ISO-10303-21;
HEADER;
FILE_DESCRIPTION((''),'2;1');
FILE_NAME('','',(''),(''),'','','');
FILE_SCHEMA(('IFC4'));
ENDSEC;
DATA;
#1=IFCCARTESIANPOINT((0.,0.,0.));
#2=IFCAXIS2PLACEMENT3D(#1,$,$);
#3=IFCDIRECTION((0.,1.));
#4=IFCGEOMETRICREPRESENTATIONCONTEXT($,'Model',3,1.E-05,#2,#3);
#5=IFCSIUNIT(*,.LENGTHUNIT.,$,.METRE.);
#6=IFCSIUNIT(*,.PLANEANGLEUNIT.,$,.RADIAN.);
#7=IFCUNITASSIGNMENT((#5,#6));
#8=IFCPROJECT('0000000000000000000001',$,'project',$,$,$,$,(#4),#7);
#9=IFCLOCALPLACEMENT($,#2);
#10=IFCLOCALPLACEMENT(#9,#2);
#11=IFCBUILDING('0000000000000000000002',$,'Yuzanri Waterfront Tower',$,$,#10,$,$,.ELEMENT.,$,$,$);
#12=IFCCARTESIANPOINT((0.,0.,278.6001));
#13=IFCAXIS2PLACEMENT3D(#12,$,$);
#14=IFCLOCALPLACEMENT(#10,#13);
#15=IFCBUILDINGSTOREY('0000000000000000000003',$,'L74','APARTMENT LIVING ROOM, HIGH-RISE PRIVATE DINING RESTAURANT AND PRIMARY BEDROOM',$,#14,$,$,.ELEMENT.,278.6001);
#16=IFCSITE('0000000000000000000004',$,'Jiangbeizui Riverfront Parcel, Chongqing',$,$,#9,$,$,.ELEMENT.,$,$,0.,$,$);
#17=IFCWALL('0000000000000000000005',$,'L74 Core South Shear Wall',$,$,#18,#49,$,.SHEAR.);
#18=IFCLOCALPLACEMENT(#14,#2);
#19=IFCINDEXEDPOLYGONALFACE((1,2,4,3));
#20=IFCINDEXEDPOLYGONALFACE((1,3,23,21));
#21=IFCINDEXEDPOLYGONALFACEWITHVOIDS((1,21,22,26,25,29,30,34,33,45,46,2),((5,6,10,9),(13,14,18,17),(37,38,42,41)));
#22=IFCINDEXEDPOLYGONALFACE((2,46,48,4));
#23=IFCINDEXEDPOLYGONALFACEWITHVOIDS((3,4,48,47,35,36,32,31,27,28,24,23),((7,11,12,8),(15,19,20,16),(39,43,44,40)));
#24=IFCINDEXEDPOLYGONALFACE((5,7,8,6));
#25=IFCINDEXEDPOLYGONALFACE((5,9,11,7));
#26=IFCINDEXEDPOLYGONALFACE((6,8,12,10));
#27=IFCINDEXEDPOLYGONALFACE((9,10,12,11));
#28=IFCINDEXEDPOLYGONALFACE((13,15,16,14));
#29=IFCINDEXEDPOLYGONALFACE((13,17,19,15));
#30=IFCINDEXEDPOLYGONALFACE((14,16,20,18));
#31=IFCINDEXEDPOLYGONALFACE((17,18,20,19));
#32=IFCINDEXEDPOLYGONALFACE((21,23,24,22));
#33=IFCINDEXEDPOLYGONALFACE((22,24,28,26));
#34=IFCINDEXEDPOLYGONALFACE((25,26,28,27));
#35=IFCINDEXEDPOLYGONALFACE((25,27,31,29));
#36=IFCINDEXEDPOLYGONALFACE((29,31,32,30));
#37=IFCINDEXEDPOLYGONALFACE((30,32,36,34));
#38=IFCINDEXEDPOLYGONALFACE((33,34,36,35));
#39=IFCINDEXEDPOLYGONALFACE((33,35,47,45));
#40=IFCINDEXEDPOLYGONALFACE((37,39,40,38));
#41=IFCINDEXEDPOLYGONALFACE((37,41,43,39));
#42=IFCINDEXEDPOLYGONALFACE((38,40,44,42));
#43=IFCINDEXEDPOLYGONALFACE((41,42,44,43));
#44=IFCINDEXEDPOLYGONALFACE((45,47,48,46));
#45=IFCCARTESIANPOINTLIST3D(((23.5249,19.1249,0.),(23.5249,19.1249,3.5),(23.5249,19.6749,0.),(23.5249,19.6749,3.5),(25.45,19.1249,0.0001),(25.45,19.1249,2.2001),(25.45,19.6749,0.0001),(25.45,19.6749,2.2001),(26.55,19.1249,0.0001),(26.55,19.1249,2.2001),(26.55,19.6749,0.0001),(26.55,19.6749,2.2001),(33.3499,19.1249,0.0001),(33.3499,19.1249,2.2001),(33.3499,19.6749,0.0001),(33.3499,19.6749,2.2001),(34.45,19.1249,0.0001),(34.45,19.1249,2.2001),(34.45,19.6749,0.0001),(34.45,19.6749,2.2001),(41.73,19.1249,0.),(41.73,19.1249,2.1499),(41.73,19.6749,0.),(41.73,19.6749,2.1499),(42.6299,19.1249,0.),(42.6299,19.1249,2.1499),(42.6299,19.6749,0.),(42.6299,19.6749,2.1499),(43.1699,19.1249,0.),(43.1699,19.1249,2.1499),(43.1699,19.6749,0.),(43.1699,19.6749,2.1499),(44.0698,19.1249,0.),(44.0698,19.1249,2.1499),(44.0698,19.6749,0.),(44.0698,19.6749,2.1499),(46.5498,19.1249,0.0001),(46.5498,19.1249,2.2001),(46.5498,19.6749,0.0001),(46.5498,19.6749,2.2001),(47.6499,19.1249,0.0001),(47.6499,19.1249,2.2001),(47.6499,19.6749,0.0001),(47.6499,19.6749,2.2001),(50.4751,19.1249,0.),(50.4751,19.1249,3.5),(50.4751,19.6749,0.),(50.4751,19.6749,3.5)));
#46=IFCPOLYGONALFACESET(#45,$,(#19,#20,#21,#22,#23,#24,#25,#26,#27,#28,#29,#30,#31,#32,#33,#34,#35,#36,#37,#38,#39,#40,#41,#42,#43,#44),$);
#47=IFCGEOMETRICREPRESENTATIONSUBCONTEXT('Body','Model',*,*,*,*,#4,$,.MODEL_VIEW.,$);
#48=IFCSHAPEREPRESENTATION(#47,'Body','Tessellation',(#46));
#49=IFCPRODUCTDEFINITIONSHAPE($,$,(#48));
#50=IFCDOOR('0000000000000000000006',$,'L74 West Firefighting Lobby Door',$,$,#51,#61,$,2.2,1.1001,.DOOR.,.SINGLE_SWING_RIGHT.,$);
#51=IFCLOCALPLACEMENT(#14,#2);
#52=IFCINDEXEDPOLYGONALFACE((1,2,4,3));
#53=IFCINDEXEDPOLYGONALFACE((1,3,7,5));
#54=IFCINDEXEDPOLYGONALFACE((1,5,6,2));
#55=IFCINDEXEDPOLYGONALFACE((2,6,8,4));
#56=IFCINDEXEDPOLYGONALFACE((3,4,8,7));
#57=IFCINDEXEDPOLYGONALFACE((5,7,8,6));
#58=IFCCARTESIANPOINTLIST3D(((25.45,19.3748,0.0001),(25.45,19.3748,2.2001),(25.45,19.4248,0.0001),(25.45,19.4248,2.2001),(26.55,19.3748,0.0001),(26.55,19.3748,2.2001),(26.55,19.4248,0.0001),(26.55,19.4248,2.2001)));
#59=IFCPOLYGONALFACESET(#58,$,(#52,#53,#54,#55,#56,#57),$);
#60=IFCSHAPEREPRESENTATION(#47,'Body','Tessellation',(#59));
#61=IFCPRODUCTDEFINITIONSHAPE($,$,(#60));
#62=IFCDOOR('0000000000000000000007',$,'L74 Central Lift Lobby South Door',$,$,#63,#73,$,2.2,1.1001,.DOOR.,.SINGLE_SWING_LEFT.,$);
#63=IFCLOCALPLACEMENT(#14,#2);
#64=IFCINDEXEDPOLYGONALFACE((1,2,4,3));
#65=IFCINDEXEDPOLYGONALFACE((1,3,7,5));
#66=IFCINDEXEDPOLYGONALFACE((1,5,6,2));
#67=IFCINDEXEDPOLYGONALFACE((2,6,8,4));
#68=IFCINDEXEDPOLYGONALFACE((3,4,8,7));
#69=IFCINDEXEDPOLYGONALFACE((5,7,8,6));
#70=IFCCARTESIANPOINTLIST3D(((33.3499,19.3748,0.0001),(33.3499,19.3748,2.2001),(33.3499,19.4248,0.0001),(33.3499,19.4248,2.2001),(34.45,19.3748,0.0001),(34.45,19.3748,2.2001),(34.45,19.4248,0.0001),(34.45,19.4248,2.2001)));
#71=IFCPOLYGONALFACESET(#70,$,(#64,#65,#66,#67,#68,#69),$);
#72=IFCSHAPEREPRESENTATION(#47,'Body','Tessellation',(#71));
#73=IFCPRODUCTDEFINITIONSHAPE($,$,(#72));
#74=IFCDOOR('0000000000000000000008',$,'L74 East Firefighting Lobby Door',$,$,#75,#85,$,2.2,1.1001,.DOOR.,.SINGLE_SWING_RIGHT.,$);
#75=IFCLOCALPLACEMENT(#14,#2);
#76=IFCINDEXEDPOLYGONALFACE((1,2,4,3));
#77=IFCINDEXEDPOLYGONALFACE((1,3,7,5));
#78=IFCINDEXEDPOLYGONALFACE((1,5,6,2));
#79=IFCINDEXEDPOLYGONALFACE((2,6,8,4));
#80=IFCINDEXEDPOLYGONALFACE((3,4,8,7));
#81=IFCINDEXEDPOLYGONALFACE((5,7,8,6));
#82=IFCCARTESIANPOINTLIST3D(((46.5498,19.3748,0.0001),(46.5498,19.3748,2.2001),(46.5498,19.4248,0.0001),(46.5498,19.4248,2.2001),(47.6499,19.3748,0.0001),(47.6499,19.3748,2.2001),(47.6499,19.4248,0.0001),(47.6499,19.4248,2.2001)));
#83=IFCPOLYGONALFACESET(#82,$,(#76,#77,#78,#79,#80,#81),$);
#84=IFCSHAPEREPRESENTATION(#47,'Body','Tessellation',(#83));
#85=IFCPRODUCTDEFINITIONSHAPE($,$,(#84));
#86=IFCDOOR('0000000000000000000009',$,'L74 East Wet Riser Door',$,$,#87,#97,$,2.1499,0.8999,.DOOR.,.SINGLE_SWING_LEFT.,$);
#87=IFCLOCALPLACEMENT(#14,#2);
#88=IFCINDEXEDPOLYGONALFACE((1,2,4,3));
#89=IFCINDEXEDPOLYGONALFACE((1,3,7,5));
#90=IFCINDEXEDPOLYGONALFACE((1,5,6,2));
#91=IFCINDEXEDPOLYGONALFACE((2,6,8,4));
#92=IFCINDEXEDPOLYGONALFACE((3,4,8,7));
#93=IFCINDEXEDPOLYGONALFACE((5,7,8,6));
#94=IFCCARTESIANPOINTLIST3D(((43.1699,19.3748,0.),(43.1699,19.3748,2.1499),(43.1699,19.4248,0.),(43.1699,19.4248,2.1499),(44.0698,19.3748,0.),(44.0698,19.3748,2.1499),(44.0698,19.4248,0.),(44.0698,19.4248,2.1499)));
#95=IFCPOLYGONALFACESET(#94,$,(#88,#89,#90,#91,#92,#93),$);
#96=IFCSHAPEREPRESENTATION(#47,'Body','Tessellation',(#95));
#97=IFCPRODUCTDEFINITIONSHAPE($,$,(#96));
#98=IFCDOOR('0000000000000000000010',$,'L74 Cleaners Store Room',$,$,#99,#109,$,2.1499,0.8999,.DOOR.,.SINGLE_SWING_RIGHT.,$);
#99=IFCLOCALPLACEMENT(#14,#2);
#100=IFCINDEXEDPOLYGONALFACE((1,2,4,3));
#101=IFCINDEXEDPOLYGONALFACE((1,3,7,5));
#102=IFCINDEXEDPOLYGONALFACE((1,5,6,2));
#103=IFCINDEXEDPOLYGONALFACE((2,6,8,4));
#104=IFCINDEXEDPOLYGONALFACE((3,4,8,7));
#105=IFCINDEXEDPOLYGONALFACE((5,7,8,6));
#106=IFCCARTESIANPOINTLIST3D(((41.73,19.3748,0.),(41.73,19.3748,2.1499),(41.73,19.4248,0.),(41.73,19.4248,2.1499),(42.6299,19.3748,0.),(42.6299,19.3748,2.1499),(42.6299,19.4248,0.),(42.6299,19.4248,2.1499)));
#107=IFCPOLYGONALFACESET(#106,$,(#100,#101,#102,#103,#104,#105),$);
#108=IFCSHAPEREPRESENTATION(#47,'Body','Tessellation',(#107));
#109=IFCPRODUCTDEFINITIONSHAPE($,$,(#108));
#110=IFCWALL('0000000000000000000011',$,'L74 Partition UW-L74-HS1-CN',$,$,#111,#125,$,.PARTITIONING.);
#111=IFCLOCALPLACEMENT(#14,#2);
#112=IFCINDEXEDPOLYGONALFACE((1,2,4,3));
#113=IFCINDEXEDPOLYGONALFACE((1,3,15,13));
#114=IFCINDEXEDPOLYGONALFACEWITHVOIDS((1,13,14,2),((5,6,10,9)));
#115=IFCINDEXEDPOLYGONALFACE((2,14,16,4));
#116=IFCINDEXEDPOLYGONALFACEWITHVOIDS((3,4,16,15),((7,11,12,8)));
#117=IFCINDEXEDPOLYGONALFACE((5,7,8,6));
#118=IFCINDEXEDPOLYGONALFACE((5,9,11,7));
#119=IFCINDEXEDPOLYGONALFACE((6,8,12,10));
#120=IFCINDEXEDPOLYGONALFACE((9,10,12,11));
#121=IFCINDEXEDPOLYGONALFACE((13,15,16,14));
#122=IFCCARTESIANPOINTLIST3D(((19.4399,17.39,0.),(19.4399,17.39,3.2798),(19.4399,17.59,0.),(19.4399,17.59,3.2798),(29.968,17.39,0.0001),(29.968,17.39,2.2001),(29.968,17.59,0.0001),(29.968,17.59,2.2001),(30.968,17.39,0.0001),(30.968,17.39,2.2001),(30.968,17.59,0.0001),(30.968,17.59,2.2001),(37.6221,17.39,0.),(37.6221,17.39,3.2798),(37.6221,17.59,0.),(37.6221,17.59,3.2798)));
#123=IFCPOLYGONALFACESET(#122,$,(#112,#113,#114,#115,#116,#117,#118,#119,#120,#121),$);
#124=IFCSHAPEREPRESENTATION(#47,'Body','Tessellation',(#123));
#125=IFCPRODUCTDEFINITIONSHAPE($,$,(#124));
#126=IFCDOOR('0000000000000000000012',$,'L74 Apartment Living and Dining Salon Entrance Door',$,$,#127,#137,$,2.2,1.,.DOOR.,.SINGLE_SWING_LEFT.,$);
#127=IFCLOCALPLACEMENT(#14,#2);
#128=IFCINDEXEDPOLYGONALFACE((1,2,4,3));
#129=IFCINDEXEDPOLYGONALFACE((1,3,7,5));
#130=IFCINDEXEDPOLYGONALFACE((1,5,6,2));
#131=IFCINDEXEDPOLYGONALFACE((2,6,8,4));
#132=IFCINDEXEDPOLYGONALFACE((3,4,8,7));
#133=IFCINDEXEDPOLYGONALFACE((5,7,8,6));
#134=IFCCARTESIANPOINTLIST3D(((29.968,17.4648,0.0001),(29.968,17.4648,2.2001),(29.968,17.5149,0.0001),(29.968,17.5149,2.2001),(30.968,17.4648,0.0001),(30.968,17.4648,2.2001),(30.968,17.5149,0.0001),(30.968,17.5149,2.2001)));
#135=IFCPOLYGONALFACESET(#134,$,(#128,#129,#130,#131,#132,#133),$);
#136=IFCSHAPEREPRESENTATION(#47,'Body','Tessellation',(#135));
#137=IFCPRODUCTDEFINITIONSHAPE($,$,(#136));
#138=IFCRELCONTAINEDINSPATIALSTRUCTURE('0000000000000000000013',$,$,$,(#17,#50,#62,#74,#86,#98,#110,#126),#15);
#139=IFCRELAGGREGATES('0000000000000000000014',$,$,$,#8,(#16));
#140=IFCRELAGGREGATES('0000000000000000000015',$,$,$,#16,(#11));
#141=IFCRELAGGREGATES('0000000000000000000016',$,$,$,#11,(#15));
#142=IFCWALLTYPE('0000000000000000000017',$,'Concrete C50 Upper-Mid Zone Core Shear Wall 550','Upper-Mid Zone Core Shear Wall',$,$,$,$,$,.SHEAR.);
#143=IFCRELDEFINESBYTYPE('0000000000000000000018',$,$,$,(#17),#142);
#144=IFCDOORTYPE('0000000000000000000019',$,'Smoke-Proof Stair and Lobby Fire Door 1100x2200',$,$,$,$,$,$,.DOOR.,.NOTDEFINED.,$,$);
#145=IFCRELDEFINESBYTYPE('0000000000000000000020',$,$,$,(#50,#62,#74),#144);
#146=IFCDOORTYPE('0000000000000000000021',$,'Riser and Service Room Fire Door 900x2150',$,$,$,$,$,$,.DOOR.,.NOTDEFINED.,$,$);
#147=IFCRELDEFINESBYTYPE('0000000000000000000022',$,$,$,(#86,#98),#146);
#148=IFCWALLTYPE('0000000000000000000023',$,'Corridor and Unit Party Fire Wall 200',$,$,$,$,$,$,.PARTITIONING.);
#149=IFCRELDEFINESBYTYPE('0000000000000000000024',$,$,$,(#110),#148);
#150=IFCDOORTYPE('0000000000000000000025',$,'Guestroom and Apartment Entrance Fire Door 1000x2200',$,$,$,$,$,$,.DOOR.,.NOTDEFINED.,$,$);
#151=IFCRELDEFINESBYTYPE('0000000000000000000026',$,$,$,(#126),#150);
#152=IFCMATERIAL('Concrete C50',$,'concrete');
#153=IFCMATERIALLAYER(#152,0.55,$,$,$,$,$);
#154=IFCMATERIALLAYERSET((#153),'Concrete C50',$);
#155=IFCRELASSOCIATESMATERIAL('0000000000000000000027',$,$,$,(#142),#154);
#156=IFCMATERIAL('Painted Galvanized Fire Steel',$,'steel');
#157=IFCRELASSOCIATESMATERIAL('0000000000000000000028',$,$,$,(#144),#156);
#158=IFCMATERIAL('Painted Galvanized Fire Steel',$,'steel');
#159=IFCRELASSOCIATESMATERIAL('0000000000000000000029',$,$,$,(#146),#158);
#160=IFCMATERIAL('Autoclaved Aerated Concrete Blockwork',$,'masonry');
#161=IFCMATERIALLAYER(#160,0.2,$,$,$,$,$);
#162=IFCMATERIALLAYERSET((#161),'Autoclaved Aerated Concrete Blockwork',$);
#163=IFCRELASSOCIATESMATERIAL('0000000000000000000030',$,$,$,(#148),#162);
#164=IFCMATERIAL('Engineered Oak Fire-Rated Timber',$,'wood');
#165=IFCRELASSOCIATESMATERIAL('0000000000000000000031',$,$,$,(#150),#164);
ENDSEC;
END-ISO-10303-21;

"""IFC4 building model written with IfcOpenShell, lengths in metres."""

from ifc_helpers import new_model, si_unit, direction, frame, frame_2d, origin, place, context, subcontext, project, spatial, rectangle, extrude, source, transform, mapped, material, layer, layer_set, type_object, element, fill, save


model = new_model("IFC4")

# Units and contexts
model_context = context("Model", 3, precision=1e-05, world=origin(), true_north=direction((0.0, 1.0)))
body_context = subcontext(model_context, "Body", "Model", "MODEL_VIEW")
ifc_project = project(units=[si_unit("LENGTHUNIT", "METRE"), si_unit("PLANEANGLEUNIT", "RADIAN")], contexts=[model_context])

# Site, building, storey
site_placement = place(None, origin())
site = spatial("IfcSite", under=ifc_project, at=site_placement, Name="Jiangbeizui Riverfront Parcel, Chongqing", CompositionType="ELEMENT", RefElevation=0.0)
building_placement = place(site_placement, origin())
building = spatial("IfcBuilding", under=site, at=building_placement, Name="Yuzanri Waterfront Tower", CompositionType="ELEMENT")
storey_placement = place(building_placement, frame((0.0, 0.0, 278.6001)))
storey = spatial("IfcBuildingStorey", under=building, at=storey_placement, Name="L74", Description="APARTMENT LIVING ROOM, HIGH-RISE PRIVATE DINING RESTAURANT AND PRIMARY BEDROOM", CompositionType="ELEMENT", Elevation=278.6001)

# Wall, openings, doors
ifc_material_1 = material(Name="Concrete C50", Category="concrete")
ifc_layer_1 = layer(ifc_material_1, 0.55)
ifc_layer_set_1 = layer_set([ifc_layer_1], Name="Concrete C50")
wall_type_1 = type_object("IfcWallType", Name="Concrete C50 Upper-Mid Zone Core Shear Wall 550", Description="Upper-Mid Zone Core Shear Wall", PredefinedType="SHEAR", material=ifc_layer_set_1)
wall_1_placement = place(storey_placement, frame((23.5249, 19.3999, 0.0), z_axis=(0.0, 0.0, 1.0), x_axis=(1.0, 0.0, 0.0)))
wall_1 = element("IfcWall", 1, at=wall_1_placement, inside=storey, type_object=wall_type_1, Name="L74 Core South Shear Wall", PredefinedType="SHEAR", context=body_context, shape_type="SweptSolid", body=[
    extrude(rectangle(XDim=26.9502, YDim=0.55, at=frame_2d((13.4751, 0.0))), origin(), (0.0, 0.0, 1.0), 3.5),
])
opening_1_placement = place(wall_1_placement, frame((1.925, 0.0, 0.0)))
opening_1 = element("IfcOpeningElement", 2, at=opening_1_placement, cuts=wall_1, PredefinedType="OPENING", context=body_context, shape_type="SweptSolid", body=[
    extrude(rectangle(XDim=1.1001, YDim=2.2, at=frame_2d((0.55, 1.1001))), frame((0.0, 0.29, 0.0), z_axis=(0.0, -1.0, 0.0), x_axis=(1.0, 0.0, 0.0)), (0.0, 0.0, 1.0), 0.5798),
])
opening_2_placement = place(wall_1_placement, frame((9.825, 0.0, 0.0)))
opening_2 = element("IfcOpeningElement", 3, at=opening_2_placement, cuts=wall_1, PredefinedType="OPENING", context=body_context, shape_type="SweptSolid", body=[
    extrude(rectangle(XDim=1.1001, YDim=2.2, at=frame_2d((0.55, 1.1001))), frame((0.0, 0.29, 0.0), z_axis=(0.0, -1.0, 0.0), x_axis=(1.0, 0.0, 0.0)), (0.0, 0.0, 1.0), 0.5798),
])
opening_3_placement = place(wall_1_placement, frame((23.0249, 0.0, 0.0)))
opening_3 = element("IfcOpeningElement", 4, at=opening_3_placement, cuts=wall_1, PredefinedType="OPENING", context=body_context, shape_type="SweptSolid", body=[
    extrude(rectangle(XDim=1.1001, YDim=2.2, at=frame_2d((0.55, 1.1001))), frame((0.0, 0.29, 0.0), z_axis=(0.0, -1.0, 0.0), x_axis=(1.0, 0.0, 0.0)), (0.0, 0.0, 1.0), 0.5798),
])
opening_4_placement = place(wall_1_placement, frame((19.645, 0.0, 0.0)))
opening_4 = element("IfcOpeningElement", 5, at=opening_4_placement, cuts=wall_1, PredefinedType="OPENING", context=body_context, shape_type="SweptSolid", body=[
    extrude(rectangle(XDim=0.8999, YDim=2.1499, at=frame_2d((0.45, 1.075))), frame((0.0, 0.29, 0.0), z_axis=(0.0, -1.0, 0.0), x_axis=(1.0, 0.0, 0.0)), (0.0, 0.0, 1.0), 0.5798),
])
opening_5_placement = place(wall_1_placement, frame((18.2051, 0.0, 0.0)))
opening_5 = element("IfcOpeningElement", 6, at=opening_5_placement, cuts=wall_1, PredefinedType="OPENING", context=body_context, shape_type="SweptSolid", body=[
    extrude(rectangle(XDim=0.8999, YDim=2.1499, at=frame_2d((0.45, 1.075))), frame((0.0, 0.29, 0.0), z_axis=(0.0, -1.0, 0.0), x_axis=(1.0, 0.0, 0.0)), (0.0, 0.0, 1.0), 0.5798),
])
ifc_material_2 = material(Name="Painted Galvanized Fire Steel", Category="steel")
door_type_1 = type_object("IfcDoorType", Name="Smoke-Proof Stair and Lobby Fire Door 1100x2200", OperationType="NOTDEFINED", PredefinedType="DOOR", material=ifc_material_2)
shared_shape_1 = source(origin(), body_context, "Body", "SweptSolid", [
    extrude(rectangle(XDim=1.1001, YDim=2.2, at=frame_2d((0.55, 1.1001))), frame((0.0, 0.0249, 0.0), z_axis=(0.0, -1.0, 0.0), x_axis=(1.0, 0.0, 0.0)), (0.0, 0.0, 1.0), 0.05),
])
door_1_placement = place(opening_1_placement, origin())
door_1 = element("IfcDoor", 7, at=door_1_placement, inside=storey, type_object=door_type_1, Name="L74 West Firefighting Lobby Door", OperationType="SINGLE_SWING_RIGHT", OverallHeight=2.2, OverallWidth=1.1001, PredefinedType="DOOR", context=body_context, shape_type="MappedRepresentation", body=[
    mapped(shared_shape_1, transform((0.0, 0.0, 0.0), scale=1.0)),
])
fill(opening_1, door_1)
door_2_placement = place(opening_2_placement, origin())
door_2 = element("IfcDoor", 8, at=door_2_placement, inside=storey, type_object=door_type_1, Name="L74 Central Lift Lobby South Door", OperationType="SINGLE_SWING_LEFT", OverallHeight=2.2, OverallWidth=1.1001, PredefinedType="DOOR", context=body_context, shape_type="MappedRepresentation", body=[
    mapped(shared_shape_1, transform((0.0, 0.0, 0.0), scale=1.0)),
])
fill(opening_2, door_2)
door_3_placement = place(opening_3_placement, origin())
door_3 = element("IfcDoor", 9, at=door_3_placement, inside=storey, type_object=door_type_1, Name="L74 East Firefighting Lobby Door", OperationType="SINGLE_SWING_RIGHT", OverallHeight=2.2, OverallWidth=1.1001, PredefinedType="DOOR", context=body_context, shape_type="MappedRepresentation", body=[
    mapped(shared_shape_1, transform((0.0, 0.0, 0.0), scale=1.0)),
])
fill(opening_3, door_3)
ifc_material_3 = material(Name="Painted Galvanized Fire Steel", Category="steel")
door_type_2 = type_object("IfcDoorType", Name="Riser and Service Room Fire Door 900x2150", OperationType="NOTDEFINED", PredefinedType="DOOR", material=ifc_material_3)
shared_shape_2 = source(origin(), body_context, "Body", "SweptSolid", [
    extrude(rectangle(XDim=0.8999, YDim=2.1499, at=frame_2d((0.45, 1.075))), frame((0.0, 0.0249, 0.0), z_axis=(0.0, -1.0, 0.0), x_axis=(1.0, 0.0, 0.0)), (0.0, 0.0, 1.0), 0.05),
])
door_4_placement = place(opening_4_placement, origin())
door_4 = element("IfcDoor", 10, at=door_4_placement, inside=storey, type_object=door_type_2, Name="L74 East Wet Riser Door", OperationType="SINGLE_SWING_LEFT", OverallHeight=2.1499, OverallWidth=0.8999, PredefinedType="DOOR", context=body_context, shape_type="MappedRepresentation", body=[
    mapped(shared_shape_2, transform((0.0, 0.0, 0.0), scale=1.0)),
])
fill(opening_4, door_4)
door_5_placement = place(opening_5_placement, origin())
door_5 = element("IfcDoor", 11, at=door_5_placement, inside=storey, type_object=door_type_2, Name="L74 Cleaners Store Room", OperationType="SINGLE_SWING_RIGHT", OverallHeight=2.1499, OverallWidth=0.8999, PredefinedType="DOOR", context=body_context, shape_type="MappedRepresentation", body=[
    mapped(shared_shape_2, transform((0.0, 0.0, 0.0), scale=1.0)),
])
fill(opening_5, door_5)

# Wall, opening, door
ifc_material_4 = material(Name="Autoclaved Aerated Concrete Blockwork", Category="masonry")
ifc_layer_2 = layer(ifc_material_4, 0.2)
ifc_layer_set_2 = layer_set([ifc_layer_2], Name="Autoclaved Aerated Concrete Blockwork")
wall_type_2 = type_object("IfcWallType", Name="Corridor and Unit Party Fire Wall 200", PredefinedType="PARTITIONING", material=ifc_layer_set_2)
wall_2_placement = place(storey_placement, frame((19.4399, 17.49, 0.0), z_axis=(0.0, 0.0, 1.0), x_axis=(1.0, 0.0, 0.0)))
wall_2 = element("IfcWall", 12, at=wall_2_placement, inside=storey, type_object=wall_type_2, Name="L74 Partition UW-L74-HS1-CN", PredefinedType="PARTITIONING", context=body_context, shape_type="SweptSolid", body=[
    extrude(rectangle(XDim=18.1821, YDim=0.2, at=frame_2d((9.0911, 0.0))), origin(), (0.0, 0.0, 1.0), 3.2798),
])
opening_6_placement = place(wall_2_placement, frame((10.5281, 0.0, 0.0)))
opening_6 = element("IfcOpeningElement", 13, at=opening_6_placement, cuts=wall_2, PredefinedType="OPENING", context=body_context, shape_type="SweptSolid", body=[
    extrude(rectangle(XDim=1.0, YDim=2.2, at=frame_2d((0.5, 1.1001))), frame((0.0, 0.1147, 0.0), z_axis=(0.0, -1.0, 0.0), x_axis=(1.0, 0.0, 0.0)), (0.0, 0.0, 1.0), 0.2297),
])
ifc_material_5 = material(Name="Engineered Oak Fire-Rated Timber", Category="wood")
door_type_3 = type_object("IfcDoorType", Name="Guestroom and Apartment Entrance Fire Door 1000x2200", OperationType="NOTDEFINED", PredefinedType="DOOR", material=ifc_material_5)
shared_shape_3 = source(origin(), body_context, "Body", "SweptSolid", [
    extrude(rectangle(XDim=1.0, YDim=2.2, at=frame_2d((0.5, 1.1001))), frame((0.0, 0.0249, 0.0), z_axis=(0.0, -1.0, 0.0), x_axis=(1.0, 0.0, 0.0)), (0.0, 0.0, 1.0), 0.05),
])
door_6_placement = place(opening_6_placement, origin())
door_6 = element("IfcDoor", 14, at=door_6_placement, inside=storey, type_object=door_type_3, Name="L74 Apartment Living and Dining Salon Entrance Door", OperationType="SINGLE_SWING_LEFT", OverallHeight=2.2, OverallWidth=1.0, PredefinedType="DOOR", context=body_context, shape_type="MappedRepresentation", body=[
    mapped(shared_shape_3, transform((0.0, 0.0, 0.0), scale=1.0)),
])
fill(opening_6, door_6)

save(model, "model.ifc")
